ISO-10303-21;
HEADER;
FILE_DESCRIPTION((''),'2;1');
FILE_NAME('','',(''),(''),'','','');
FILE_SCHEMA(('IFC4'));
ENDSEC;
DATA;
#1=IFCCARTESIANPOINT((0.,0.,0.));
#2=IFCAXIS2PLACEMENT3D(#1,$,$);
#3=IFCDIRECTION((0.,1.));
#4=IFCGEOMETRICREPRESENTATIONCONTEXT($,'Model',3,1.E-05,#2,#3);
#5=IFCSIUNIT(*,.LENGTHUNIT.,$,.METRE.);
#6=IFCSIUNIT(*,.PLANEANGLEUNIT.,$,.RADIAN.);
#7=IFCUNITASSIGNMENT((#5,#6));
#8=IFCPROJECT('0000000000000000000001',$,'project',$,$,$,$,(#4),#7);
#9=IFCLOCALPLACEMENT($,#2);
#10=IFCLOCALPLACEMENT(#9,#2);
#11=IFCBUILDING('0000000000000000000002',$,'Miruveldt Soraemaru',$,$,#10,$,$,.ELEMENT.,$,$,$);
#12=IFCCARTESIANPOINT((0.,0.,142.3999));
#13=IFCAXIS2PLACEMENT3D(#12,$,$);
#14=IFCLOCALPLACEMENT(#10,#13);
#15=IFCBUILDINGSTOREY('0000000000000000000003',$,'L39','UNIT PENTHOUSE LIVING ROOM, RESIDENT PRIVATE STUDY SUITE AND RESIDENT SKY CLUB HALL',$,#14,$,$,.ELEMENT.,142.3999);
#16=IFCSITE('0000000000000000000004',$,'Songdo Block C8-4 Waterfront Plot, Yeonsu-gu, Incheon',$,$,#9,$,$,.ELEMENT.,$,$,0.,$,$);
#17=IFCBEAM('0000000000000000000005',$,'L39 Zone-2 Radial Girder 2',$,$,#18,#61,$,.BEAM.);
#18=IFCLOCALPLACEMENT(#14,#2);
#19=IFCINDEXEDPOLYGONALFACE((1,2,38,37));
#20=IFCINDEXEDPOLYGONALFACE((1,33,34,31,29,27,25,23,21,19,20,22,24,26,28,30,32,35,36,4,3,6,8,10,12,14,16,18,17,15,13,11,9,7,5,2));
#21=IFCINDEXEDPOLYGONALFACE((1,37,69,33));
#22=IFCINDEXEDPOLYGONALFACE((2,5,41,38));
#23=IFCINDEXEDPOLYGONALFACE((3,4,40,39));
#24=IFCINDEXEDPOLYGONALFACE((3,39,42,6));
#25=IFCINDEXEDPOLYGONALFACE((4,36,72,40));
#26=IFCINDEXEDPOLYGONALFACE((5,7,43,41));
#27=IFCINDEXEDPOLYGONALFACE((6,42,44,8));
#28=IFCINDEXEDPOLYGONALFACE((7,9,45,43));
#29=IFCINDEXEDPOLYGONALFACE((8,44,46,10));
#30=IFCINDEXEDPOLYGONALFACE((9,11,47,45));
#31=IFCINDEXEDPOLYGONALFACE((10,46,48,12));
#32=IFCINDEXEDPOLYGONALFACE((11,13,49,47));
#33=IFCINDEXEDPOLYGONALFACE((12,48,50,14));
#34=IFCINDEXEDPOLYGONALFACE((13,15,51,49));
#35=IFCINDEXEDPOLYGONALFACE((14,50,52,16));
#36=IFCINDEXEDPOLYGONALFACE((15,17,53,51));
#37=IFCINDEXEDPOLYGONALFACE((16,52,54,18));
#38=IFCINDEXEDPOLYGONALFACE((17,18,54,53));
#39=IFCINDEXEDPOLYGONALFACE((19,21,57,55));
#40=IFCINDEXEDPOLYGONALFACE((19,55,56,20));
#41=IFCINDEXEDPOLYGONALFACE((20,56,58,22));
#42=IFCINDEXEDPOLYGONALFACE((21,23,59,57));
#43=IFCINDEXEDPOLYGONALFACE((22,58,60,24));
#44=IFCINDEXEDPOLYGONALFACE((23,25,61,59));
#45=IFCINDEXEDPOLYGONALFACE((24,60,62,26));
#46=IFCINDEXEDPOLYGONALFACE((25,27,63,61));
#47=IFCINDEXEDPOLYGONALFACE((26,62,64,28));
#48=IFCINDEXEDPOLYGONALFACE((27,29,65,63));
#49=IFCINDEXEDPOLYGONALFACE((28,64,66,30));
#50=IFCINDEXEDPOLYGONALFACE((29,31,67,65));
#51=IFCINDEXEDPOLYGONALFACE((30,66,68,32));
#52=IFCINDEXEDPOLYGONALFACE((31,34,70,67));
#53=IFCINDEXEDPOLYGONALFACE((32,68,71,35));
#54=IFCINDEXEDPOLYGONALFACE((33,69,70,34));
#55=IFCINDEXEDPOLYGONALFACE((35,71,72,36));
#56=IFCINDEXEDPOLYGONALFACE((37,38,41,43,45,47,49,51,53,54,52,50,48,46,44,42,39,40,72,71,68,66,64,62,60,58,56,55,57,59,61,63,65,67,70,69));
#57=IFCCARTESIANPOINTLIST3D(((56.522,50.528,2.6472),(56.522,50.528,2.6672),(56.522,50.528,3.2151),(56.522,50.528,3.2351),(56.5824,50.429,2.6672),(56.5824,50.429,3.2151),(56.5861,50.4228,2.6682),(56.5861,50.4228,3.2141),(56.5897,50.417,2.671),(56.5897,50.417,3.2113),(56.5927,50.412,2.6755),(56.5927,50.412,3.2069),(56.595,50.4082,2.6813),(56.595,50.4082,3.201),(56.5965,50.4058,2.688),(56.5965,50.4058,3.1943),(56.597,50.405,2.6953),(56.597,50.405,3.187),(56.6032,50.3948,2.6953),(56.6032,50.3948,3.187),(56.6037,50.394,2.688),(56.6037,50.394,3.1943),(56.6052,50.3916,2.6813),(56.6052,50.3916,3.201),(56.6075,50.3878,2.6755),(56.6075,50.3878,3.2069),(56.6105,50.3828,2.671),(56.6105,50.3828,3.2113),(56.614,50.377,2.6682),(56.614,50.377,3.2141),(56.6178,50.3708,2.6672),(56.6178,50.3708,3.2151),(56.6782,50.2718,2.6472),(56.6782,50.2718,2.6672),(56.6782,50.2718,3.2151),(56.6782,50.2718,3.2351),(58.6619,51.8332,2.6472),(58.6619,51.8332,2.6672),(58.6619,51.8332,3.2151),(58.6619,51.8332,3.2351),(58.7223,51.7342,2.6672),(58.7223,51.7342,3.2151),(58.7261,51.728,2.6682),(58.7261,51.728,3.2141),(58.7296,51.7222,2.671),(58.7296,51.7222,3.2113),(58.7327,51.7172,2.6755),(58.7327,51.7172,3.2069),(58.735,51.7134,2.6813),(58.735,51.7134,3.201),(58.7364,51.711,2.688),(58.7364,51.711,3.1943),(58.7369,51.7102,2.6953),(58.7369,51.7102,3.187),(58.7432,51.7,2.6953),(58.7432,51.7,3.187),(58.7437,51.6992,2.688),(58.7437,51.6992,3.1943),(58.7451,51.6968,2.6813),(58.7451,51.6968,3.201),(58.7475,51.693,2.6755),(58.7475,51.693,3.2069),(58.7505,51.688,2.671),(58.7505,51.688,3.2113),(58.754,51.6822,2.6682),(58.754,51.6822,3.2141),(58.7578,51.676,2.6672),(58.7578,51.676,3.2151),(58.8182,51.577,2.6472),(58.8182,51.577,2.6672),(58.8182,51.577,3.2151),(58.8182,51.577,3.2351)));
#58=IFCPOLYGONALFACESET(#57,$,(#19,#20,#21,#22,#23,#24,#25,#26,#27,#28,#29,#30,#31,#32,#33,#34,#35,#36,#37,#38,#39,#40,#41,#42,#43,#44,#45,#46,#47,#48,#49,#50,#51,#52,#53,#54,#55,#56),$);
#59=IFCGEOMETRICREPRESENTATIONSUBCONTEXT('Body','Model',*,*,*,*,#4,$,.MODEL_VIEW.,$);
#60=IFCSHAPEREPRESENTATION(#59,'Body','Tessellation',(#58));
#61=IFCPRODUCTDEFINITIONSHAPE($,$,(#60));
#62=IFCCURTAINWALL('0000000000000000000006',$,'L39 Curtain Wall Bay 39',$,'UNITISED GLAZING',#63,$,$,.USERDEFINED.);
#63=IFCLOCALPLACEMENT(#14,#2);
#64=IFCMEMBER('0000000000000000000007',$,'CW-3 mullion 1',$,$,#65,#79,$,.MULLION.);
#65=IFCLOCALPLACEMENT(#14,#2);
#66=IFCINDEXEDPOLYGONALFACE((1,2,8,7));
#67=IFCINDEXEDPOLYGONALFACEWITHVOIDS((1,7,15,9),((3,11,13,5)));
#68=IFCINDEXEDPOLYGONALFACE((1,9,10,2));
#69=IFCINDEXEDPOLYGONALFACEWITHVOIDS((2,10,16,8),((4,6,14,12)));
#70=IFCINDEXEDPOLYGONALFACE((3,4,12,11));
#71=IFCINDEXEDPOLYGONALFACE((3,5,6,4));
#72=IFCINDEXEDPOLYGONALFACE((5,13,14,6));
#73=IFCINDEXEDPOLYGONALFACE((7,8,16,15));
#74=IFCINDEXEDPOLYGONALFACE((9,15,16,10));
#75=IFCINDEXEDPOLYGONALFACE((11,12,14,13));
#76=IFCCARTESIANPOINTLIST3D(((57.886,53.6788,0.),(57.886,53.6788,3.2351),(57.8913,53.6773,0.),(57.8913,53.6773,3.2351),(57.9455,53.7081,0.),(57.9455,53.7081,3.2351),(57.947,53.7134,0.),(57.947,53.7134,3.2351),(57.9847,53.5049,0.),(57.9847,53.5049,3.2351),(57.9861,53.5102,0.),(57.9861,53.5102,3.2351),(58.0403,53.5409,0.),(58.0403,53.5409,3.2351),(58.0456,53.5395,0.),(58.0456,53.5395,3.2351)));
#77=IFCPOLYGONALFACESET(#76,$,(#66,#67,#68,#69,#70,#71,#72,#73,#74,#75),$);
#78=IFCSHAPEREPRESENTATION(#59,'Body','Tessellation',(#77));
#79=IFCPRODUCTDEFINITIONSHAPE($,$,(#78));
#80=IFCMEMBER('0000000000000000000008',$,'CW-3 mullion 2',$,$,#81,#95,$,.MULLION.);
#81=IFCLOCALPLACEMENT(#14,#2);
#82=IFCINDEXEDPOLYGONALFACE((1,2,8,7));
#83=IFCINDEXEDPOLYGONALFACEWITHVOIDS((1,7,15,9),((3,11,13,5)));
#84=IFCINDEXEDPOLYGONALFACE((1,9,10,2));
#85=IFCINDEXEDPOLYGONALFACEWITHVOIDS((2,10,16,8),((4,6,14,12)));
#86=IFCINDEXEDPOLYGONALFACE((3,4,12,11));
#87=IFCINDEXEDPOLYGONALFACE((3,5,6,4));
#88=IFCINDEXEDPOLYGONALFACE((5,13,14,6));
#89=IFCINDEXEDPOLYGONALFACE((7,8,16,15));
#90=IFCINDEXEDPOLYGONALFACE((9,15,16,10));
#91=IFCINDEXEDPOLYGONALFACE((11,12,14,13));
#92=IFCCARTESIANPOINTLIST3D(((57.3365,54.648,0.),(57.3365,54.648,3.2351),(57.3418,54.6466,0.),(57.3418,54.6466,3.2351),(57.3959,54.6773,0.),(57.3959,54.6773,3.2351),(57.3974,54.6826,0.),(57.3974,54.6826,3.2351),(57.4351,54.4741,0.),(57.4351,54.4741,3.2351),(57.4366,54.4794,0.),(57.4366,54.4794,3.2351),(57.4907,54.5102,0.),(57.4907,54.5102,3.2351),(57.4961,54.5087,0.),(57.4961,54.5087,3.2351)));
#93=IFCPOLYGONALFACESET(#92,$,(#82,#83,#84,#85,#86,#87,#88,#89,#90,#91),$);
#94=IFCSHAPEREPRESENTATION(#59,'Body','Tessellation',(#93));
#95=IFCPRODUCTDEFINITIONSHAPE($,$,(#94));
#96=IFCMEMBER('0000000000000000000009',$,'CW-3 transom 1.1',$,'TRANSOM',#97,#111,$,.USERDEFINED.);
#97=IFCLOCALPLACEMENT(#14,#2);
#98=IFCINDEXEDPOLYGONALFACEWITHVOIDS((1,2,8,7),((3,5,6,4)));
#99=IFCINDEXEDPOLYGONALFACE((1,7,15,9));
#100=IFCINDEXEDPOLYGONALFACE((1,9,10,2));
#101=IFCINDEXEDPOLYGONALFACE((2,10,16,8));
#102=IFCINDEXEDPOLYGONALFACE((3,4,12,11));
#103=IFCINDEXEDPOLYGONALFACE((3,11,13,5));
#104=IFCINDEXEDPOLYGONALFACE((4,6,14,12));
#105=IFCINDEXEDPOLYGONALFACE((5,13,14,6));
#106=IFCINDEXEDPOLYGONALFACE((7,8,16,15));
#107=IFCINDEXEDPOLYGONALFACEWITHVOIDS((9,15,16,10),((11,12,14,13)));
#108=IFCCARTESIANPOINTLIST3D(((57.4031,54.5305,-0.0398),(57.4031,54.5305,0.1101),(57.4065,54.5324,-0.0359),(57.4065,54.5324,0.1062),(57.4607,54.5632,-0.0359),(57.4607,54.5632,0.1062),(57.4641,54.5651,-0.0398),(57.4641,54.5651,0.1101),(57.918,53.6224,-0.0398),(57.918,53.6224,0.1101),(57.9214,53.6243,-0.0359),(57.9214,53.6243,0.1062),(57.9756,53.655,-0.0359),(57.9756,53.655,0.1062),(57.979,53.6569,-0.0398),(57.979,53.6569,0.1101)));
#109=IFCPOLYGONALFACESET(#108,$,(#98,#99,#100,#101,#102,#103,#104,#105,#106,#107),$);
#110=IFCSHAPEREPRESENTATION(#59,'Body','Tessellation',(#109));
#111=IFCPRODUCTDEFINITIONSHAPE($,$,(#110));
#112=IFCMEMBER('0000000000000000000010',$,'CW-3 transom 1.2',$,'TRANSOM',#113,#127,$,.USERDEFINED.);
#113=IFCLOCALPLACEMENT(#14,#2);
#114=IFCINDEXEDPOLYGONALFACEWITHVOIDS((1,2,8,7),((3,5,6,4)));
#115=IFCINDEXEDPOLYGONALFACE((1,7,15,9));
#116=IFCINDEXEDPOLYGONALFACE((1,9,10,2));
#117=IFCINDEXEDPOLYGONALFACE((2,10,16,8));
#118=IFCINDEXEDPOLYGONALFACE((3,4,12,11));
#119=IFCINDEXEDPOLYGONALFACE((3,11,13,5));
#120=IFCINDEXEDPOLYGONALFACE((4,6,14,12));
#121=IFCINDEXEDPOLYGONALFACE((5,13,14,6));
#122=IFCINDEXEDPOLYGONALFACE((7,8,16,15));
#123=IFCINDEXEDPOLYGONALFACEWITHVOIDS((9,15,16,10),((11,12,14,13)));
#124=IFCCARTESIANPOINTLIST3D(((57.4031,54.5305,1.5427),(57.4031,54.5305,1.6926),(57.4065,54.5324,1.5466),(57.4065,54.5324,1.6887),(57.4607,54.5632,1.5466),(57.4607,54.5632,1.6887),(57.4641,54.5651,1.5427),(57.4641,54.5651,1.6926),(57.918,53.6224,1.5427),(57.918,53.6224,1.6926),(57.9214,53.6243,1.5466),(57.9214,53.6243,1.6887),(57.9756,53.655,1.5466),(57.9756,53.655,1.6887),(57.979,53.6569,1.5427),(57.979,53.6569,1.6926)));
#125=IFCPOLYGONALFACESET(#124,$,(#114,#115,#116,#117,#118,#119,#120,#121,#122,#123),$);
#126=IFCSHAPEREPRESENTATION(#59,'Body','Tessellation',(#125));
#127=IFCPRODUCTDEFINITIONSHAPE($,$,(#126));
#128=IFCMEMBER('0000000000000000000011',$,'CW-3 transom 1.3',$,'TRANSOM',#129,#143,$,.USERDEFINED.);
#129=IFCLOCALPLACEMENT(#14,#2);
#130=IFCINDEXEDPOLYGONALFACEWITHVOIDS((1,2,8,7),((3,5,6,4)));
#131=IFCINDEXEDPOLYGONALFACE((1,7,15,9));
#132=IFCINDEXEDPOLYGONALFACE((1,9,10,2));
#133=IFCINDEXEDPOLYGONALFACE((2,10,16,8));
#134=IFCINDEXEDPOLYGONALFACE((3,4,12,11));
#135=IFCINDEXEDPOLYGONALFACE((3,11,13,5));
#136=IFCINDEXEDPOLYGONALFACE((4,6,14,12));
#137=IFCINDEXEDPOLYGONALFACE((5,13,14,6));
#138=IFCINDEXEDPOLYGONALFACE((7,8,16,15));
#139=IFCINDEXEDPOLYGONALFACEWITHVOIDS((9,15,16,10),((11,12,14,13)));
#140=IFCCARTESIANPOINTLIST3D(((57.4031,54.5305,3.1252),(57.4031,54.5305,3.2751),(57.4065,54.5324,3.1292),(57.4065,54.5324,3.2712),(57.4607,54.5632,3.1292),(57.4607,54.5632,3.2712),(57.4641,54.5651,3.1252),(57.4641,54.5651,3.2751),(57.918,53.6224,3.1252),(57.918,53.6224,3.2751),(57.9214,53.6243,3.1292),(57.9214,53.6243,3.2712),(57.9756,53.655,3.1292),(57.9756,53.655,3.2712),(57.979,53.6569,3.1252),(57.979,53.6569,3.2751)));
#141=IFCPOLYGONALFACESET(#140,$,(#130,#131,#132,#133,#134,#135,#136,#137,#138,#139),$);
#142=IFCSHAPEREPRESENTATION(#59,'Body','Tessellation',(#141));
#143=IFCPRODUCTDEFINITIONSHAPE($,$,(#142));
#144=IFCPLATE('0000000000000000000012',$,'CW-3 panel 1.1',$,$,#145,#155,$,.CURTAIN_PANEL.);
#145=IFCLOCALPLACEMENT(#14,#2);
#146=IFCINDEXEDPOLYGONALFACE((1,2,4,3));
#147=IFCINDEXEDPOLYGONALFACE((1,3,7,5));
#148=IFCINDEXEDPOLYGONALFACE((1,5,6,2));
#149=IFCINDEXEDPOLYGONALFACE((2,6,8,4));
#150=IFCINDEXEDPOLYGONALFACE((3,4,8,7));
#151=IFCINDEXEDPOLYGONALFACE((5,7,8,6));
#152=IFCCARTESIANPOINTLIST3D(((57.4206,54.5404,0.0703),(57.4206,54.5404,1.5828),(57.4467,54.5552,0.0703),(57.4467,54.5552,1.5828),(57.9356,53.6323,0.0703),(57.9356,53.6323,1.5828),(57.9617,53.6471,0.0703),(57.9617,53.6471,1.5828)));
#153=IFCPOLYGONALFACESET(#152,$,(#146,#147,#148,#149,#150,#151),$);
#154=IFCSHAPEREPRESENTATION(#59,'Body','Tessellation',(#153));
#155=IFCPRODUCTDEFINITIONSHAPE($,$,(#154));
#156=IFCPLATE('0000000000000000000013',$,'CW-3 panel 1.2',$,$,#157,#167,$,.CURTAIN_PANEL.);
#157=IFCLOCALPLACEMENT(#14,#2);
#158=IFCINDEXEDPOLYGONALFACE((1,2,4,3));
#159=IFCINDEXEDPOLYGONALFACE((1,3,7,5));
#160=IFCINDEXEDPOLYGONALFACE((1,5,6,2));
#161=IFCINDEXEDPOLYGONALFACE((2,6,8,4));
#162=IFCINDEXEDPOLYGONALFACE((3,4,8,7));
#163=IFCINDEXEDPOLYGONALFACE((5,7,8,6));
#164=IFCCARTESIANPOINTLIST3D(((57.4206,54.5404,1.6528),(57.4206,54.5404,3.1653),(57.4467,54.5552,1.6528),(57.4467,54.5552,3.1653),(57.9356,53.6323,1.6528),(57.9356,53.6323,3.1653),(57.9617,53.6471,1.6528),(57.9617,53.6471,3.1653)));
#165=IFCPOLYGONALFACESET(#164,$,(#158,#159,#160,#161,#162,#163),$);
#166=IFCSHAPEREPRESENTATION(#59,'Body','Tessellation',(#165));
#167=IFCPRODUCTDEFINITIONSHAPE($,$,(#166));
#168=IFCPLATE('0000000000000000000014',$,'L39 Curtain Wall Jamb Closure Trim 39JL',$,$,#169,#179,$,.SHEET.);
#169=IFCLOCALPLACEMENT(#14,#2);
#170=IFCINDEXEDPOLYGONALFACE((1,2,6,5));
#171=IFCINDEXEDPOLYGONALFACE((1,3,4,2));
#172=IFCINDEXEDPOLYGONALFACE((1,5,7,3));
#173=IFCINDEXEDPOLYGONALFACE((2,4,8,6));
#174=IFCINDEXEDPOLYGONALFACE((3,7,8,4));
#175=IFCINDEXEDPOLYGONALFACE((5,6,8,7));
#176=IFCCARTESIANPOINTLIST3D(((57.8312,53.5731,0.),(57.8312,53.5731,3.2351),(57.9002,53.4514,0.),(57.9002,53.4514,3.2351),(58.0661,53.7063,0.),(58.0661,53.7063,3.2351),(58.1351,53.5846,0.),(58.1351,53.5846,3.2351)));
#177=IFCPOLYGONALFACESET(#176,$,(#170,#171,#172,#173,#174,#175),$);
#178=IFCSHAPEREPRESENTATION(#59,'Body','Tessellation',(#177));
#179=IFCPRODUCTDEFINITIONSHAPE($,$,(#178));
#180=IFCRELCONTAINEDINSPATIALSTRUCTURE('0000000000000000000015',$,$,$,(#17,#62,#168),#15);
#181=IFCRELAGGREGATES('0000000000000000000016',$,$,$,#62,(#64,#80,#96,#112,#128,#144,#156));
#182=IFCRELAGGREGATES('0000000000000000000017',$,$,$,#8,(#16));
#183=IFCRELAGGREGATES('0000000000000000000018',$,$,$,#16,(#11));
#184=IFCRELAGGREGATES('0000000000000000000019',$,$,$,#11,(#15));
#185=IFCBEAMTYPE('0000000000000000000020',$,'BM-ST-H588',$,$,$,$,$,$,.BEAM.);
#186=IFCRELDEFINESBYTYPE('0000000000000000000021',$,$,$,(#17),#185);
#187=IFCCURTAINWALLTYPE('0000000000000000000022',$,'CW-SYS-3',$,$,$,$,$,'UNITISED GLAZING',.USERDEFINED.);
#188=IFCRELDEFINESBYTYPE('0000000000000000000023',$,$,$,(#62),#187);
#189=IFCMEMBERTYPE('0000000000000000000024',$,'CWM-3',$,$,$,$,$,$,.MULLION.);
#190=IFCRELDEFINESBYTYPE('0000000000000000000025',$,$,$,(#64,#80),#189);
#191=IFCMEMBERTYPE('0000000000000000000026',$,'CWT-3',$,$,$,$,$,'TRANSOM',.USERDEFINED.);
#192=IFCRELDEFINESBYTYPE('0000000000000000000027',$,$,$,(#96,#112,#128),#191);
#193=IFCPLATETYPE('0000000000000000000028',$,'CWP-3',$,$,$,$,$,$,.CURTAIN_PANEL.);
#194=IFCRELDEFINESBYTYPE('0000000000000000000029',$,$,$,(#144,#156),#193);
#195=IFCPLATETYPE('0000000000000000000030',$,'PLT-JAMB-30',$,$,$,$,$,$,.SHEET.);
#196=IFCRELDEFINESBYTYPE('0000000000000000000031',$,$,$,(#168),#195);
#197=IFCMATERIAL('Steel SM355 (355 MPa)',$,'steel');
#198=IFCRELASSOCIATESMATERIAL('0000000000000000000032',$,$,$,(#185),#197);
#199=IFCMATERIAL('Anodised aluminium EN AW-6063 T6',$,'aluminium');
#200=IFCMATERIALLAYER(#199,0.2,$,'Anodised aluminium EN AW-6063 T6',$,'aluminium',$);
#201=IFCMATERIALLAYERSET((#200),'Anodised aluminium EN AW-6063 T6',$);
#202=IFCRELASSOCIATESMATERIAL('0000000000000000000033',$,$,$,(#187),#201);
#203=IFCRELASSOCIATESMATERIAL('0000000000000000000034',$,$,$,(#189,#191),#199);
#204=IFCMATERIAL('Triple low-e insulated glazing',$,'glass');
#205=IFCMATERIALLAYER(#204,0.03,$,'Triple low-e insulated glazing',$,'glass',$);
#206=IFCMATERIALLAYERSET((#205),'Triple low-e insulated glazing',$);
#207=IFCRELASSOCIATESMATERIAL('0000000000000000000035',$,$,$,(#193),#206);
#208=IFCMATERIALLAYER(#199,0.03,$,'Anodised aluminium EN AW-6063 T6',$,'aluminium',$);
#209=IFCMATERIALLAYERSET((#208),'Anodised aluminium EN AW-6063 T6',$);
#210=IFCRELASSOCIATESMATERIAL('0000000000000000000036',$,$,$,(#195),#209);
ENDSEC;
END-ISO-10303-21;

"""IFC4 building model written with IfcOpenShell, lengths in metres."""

from ifc_helpers import new_model, si_unit, direction, frame, origin, origin_2d, place, context, subcontext, project, spatial, rectangle, hollow_rectangle, i_section, extrude, material, layer, layer_set, material_profile, profile_set, type_object, element, aggregate, save


model = new_model("IFC4")

# Units and contexts
model_context = context("Model", 3, precision=1e-05, world=origin(), true_north=direction((0.0, 1.0)))
body_context = subcontext(model_context, "Body", "Model", "MODEL_VIEW")
ifc_project = project(units=[si_unit("LENGTHUNIT", "METRE"), si_unit("PLANEANGLEUNIT", "RADIAN")], contexts=[model_context])

# Site, building, storey
site_placement = place(None, origin())
site = spatial("IfcSite", under=ifc_project, at=site_placement, Name="Songdo Block C8-4 Waterfront Plot, Yeonsu-gu, Incheon", CompositionType="ELEMENT", RefElevation=0.0)
building_placement = place(site_placement, origin())
building = spatial("IfcBuilding", under=site, at=building_placement, Name="Miruveldt Soraemaru", CompositionType="ELEMENT")
storey_placement = place(building_placement, frame((0.0, 0.0, 142.3999)))
storey = spatial("IfcBuildingStorey", under=building, at=storey_placement, Name="L39", Description="UNIT PENTHOUSE LIVING ROOM, RESIDENT PRIVATE STUDY SUITE AND RESIDENT SKY CLUB HALL", CompositionType="ELEMENT", Elevation=142.3999)

# Beam
ifc_material_1 = material(Name="Steel SM355 (355 MPa)", Category="steel")
ifc_material_profile_1 = material_profile(ifc_material_1, i_section(OverallWidth=0.3, OverallDepth=0.5879, WebThickness=0.012, FlangeThickness=0.02, FilletRadius=0.0281, at=origin_2d()), Name="Steel SM355 (355 MPa)", Category="steel")
ifc_profile_set_1 = profile_set([ifc_material_profile_1], Name="Steel SM355 (355 MPa)")
beam_type_1 = type_object("IfcBeamType", Name="BM-ST-H588", PredefinedType="BEAM", material=ifc_profile_set_1)
beam_1_placement = place(storey_placement, frame((56.6001, 50.3999, 2.9412), z_axis=(0.853732, 0.520713, 0.0), x_axis=(-0.520713, 0.853732, 0.0)))
element("IfcBeam", 1, at=beam_1_placement, inside=storey, type_object=beam_type_1, Name="L39 Zone-2 Radial Girder 2", PredefinedType="BEAM", context=body_context, shape_type="SweptSolid", body=[
    extrude(i_section(OverallWidth=0.3, OverallDepth=0.5879, WebThickness=0.012, FlangeThickness=0.02, FilletRadius=0.0281, at=origin_2d()), origin(), (0.0, 0.0, 1.0), 2.5066),
])

# Curtain wall, members, plates
ifc_material_2 = material(Name="Anodised aluminium EN AW-6063 T6", Category="aluminium")
ifc_layer_1 = layer(ifc_material_2, 0.2, Name="Anodised aluminium EN AW-6063 T6", Category="aluminium")
ifc_layer_set_1 = layer_set([ifc_layer_1], Name="Anodised aluminium EN AW-6063 T6")
curtain_wall_type = type_object("IfcCurtainWallType", Name="CW-SYS-3", ElementType="UNITISED GLAZING", PredefinedType="USERDEFINED", material=ifc_layer_set_1)
curtain_wall_placement = place(storey_placement, origin())
curtain_wall = element("IfcCurtainWall", 2, at=curtain_wall_placement, inside=storey, type_object=curtain_wall_type, Name="L39 Curtain Wall Bay 39", ObjectType="UNITISED GLAZING", PredefinedType="USERDEFINED")
ifc_material_profile_2 = material_profile(ifc_material_2, hollow_rectangle(XDim=0.0701, YDim=0.2, WallThickness=0.0039, at=origin_2d()), Name="Anodised aluminium EN AW-6063 T6", Category="aluminium")
ifc_profile_set_2 = profile_set([ifc_material_profile_2], Name="Anodised aluminium EN AW-6063 T6")
member_type_1 = type_object("IfcMemberType", Name="CWM-3", PredefinedType="MULLION", material=ifc_profile_set_2)
member_1_placement = place(storey_placement, frame((57.9658, 53.6091, 0.0), z_axis=(0.0, 0.0, 1.0), x_axis=(-0.869837, -0.493339, 0.0)))
member_1 = element("IfcMember", 3, at=member_1_placement, type_object=member_type_1, Name="CW-3 mullion 1", PredefinedType="MULLION", context=body_context, shape_type="SweptSolid", body=[
    extrude(hollow_rectangle(XDim=0.0701, YDim=0.2, WallThickness=0.0039, at=origin_2d()), origin(), (0.0, 0.0, 1.0), 3.2351),
])
member_2_placement = place(storey_placement, frame((57.4163, 54.5784, 0.0), z_axis=(0.0, 0.0, 1.0), x_axis=(-0.869837, -0.493339, 0.0)))
member_2 = element("IfcMember", 4, at=member_2_placement, type_object=member_type_1, Name="CW-3 mullion 2", PredefinedType="MULLION", context=body_context, shape_type="SweptSolid", body=[
    extrude(hollow_rectangle(XDim=0.0701, YDim=0.2, WallThickness=0.0039, at=origin_2d()), origin(), (0.0, 0.0, 1.0), 3.2351),
])
ifc_material_profile_3 = material_profile(ifc_material_2, hollow_rectangle(XDim=0.0701, YDim=0.1499, WallThickness=0.0039, at=origin_2d()), Name="Anodised aluminium EN AW-6063 T6", Category="aluminium")
ifc_profile_set_3 = profile_set([ifc_material_profile_3], Name="Anodised aluminium EN AW-6063 T6")
member_type_2 = type_object("IfcMemberType", Name="CWT-3", ElementType="TRANSOM", PredefinedType="USERDEFINED", material=ifc_profile_set_3)
member_3_placement = place(storey_placement, frame((57.9485, 53.6396, 0.0352), z_axis=(-0.49319, 0.869922, 0.0), x_axis=(-0.869922, -0.49319, 0.0)))
member_3 = element("IfcMember", 5, at=member_3_placement, type_object=member_type_2, Name="CW-3 transom 1.1", ObjectType="TRANSOM", PredefinedType="USERDEFINED", context=body_context, shape_type="SweptSolid", body=[
    extrude(hollow_rectangle(XDim=0.0701, YDim=0.1499, WallThickness=0.0039, at=origin_2d()), origin(), (0.0, 0.0, 1.0), 1.0439),
])
member_4_placement = place(storey_placement, frame((57.9485, 53.6396, 1.6177), z_axis=(-0.49319, 0.869922, 0.0), x_axis=(-0.869922, -0.49319, 0.0)))
member_4 = element("IfcMember", 6, at=member_4_placement, type_object=member_type_2, Name="CW-3 transom 1.2", ObjectType="TRANSOM", PredefinedType="USERDEFINED", context=body_context, shape_type="SweptSolid", body=[
    extrude(hollow_rectangle(XDim=0.0701, YDim=0.1499, WallThickness=0.0039, at=origin_2d()), origin(), (0.0, 0.0, 1.0), 1.0439),
])
member_5_placement = place(storey_placement, frame((57.9485, 53.6396, 3.2002), z_axis=(-0.49319, 0.869922, 0.0), x_axis=(-0.869922, -0.49319, 0.0)))
member_5 = element("IfcMember", 7, at=member_5_placement, type_object=member_type_2, Name="CW-3 transom 1.3", ObjectType="TRANSOM", PredefinedType="USERDEFINED", context=body_context, shape_type="SweptSolid", body=[
    extrude(hollow_rectangle(XDim=0.0701, YDim=0.1499, WallThickness=0.0039, at=origin_2d()), origin(), (0.0, 0.0, 1.0), 1.0439),
])
ifc_material_3 = material(Name="Triple low-e insulated glazing", Category="glass")
ifc_layer_2 = layer(ifc_material_3, 0.03, Name="Triple low-e insulated glazing", Category="glass")
ifc_layer_set_2 = layer_set([ifc_layer_2], Name="Triple low-e insulated glazing")
plate_type_1 = type_object("IfcPlateType", Name="CWP-3", PredefinedType="CURTAIN_PANEL", material=ifc_layer_set_2)
plate_1_placement = place(storey_placement, frame((57.6912, 54.0938, 0.0703), z_axis=(0.0, 0.0, 1.0), x_axis=(-0.493339, 0.869837, 0.0)))
plate_1 = element("IfcPlate", 8, at=plate_1_placement, type_object=plate_type_1, Name="CW-3 panel 1.1", PredefinedType="CURTAIN_PANEL", context=body_context, shape_type="SweptSolid", body=[
    extrude(rectangle(XDim=1.0439, YDim=0.03, at=origin_2d()), origin(), (0.0, 0.0, 1.0), 1.5125),
])
plate_2_placement = place(storey_placement, frame((57.6912, 54.0938, 1.6528), z_axis=(0.0, 0.0, 1.0), x_axis=(-0.493339, 0.869837, 0.0)))
plate_2 = element("IfcPlate", 9, at=plate_2_placement, type_object=plate_type_1, Name="CW-3 panel 1.2", PredefinedType="CURTAIN_PANEL", context=body_context, shape_type="SweptSolid", body=[
    extrude(rectangle(XDim=1.0439, YDim=0.03, at=origin_2d()), origin(), (0.0, 0.0, 1.0), 1.5125),
])
aggregate(curtain_wall, [member_1, member_2, member_3, member_4, member_5, plate_1, plate_2])

# Plate
ifc_layer_3 = layer(ifc_material_2, 0.03, Name="Anodised aluminium EN AW-6063 T6", Category="aluminium")
ifc_layer_set_3 = layer_set([ifc_layer_3], Name="Anodised aluminium EN AW-6063 T6")
plate_type_2 = type_object("IfcPlateType", Name="PLT-JAMB-30", PredefinedType="SHEET", material=ifc_layer_set_3)
plate_3_placement = place(storey_placement, frame((57.9832, 53.5789, 0.0), z_axis=(0.0, 0.0, 1.0), x_axis=(-0.49335, 0.869831, 0.0)))
element("IfcPlate", 10, at=plate_3_placement, inside=storey, type_object=plate_type_2, Name="L39 Curtain Wall Jamb Closure Trim 39JL", PredefinedType="SHEET", context=body_context, shape_type="SweptSolid", body=[
    extrude(rectangle(XDim=0.1399, YDim=0.27, at=origin_2d()), origin(), (0.0, 0.0, 1.0), 3.2351),
])

save(model, "model.ifc")
